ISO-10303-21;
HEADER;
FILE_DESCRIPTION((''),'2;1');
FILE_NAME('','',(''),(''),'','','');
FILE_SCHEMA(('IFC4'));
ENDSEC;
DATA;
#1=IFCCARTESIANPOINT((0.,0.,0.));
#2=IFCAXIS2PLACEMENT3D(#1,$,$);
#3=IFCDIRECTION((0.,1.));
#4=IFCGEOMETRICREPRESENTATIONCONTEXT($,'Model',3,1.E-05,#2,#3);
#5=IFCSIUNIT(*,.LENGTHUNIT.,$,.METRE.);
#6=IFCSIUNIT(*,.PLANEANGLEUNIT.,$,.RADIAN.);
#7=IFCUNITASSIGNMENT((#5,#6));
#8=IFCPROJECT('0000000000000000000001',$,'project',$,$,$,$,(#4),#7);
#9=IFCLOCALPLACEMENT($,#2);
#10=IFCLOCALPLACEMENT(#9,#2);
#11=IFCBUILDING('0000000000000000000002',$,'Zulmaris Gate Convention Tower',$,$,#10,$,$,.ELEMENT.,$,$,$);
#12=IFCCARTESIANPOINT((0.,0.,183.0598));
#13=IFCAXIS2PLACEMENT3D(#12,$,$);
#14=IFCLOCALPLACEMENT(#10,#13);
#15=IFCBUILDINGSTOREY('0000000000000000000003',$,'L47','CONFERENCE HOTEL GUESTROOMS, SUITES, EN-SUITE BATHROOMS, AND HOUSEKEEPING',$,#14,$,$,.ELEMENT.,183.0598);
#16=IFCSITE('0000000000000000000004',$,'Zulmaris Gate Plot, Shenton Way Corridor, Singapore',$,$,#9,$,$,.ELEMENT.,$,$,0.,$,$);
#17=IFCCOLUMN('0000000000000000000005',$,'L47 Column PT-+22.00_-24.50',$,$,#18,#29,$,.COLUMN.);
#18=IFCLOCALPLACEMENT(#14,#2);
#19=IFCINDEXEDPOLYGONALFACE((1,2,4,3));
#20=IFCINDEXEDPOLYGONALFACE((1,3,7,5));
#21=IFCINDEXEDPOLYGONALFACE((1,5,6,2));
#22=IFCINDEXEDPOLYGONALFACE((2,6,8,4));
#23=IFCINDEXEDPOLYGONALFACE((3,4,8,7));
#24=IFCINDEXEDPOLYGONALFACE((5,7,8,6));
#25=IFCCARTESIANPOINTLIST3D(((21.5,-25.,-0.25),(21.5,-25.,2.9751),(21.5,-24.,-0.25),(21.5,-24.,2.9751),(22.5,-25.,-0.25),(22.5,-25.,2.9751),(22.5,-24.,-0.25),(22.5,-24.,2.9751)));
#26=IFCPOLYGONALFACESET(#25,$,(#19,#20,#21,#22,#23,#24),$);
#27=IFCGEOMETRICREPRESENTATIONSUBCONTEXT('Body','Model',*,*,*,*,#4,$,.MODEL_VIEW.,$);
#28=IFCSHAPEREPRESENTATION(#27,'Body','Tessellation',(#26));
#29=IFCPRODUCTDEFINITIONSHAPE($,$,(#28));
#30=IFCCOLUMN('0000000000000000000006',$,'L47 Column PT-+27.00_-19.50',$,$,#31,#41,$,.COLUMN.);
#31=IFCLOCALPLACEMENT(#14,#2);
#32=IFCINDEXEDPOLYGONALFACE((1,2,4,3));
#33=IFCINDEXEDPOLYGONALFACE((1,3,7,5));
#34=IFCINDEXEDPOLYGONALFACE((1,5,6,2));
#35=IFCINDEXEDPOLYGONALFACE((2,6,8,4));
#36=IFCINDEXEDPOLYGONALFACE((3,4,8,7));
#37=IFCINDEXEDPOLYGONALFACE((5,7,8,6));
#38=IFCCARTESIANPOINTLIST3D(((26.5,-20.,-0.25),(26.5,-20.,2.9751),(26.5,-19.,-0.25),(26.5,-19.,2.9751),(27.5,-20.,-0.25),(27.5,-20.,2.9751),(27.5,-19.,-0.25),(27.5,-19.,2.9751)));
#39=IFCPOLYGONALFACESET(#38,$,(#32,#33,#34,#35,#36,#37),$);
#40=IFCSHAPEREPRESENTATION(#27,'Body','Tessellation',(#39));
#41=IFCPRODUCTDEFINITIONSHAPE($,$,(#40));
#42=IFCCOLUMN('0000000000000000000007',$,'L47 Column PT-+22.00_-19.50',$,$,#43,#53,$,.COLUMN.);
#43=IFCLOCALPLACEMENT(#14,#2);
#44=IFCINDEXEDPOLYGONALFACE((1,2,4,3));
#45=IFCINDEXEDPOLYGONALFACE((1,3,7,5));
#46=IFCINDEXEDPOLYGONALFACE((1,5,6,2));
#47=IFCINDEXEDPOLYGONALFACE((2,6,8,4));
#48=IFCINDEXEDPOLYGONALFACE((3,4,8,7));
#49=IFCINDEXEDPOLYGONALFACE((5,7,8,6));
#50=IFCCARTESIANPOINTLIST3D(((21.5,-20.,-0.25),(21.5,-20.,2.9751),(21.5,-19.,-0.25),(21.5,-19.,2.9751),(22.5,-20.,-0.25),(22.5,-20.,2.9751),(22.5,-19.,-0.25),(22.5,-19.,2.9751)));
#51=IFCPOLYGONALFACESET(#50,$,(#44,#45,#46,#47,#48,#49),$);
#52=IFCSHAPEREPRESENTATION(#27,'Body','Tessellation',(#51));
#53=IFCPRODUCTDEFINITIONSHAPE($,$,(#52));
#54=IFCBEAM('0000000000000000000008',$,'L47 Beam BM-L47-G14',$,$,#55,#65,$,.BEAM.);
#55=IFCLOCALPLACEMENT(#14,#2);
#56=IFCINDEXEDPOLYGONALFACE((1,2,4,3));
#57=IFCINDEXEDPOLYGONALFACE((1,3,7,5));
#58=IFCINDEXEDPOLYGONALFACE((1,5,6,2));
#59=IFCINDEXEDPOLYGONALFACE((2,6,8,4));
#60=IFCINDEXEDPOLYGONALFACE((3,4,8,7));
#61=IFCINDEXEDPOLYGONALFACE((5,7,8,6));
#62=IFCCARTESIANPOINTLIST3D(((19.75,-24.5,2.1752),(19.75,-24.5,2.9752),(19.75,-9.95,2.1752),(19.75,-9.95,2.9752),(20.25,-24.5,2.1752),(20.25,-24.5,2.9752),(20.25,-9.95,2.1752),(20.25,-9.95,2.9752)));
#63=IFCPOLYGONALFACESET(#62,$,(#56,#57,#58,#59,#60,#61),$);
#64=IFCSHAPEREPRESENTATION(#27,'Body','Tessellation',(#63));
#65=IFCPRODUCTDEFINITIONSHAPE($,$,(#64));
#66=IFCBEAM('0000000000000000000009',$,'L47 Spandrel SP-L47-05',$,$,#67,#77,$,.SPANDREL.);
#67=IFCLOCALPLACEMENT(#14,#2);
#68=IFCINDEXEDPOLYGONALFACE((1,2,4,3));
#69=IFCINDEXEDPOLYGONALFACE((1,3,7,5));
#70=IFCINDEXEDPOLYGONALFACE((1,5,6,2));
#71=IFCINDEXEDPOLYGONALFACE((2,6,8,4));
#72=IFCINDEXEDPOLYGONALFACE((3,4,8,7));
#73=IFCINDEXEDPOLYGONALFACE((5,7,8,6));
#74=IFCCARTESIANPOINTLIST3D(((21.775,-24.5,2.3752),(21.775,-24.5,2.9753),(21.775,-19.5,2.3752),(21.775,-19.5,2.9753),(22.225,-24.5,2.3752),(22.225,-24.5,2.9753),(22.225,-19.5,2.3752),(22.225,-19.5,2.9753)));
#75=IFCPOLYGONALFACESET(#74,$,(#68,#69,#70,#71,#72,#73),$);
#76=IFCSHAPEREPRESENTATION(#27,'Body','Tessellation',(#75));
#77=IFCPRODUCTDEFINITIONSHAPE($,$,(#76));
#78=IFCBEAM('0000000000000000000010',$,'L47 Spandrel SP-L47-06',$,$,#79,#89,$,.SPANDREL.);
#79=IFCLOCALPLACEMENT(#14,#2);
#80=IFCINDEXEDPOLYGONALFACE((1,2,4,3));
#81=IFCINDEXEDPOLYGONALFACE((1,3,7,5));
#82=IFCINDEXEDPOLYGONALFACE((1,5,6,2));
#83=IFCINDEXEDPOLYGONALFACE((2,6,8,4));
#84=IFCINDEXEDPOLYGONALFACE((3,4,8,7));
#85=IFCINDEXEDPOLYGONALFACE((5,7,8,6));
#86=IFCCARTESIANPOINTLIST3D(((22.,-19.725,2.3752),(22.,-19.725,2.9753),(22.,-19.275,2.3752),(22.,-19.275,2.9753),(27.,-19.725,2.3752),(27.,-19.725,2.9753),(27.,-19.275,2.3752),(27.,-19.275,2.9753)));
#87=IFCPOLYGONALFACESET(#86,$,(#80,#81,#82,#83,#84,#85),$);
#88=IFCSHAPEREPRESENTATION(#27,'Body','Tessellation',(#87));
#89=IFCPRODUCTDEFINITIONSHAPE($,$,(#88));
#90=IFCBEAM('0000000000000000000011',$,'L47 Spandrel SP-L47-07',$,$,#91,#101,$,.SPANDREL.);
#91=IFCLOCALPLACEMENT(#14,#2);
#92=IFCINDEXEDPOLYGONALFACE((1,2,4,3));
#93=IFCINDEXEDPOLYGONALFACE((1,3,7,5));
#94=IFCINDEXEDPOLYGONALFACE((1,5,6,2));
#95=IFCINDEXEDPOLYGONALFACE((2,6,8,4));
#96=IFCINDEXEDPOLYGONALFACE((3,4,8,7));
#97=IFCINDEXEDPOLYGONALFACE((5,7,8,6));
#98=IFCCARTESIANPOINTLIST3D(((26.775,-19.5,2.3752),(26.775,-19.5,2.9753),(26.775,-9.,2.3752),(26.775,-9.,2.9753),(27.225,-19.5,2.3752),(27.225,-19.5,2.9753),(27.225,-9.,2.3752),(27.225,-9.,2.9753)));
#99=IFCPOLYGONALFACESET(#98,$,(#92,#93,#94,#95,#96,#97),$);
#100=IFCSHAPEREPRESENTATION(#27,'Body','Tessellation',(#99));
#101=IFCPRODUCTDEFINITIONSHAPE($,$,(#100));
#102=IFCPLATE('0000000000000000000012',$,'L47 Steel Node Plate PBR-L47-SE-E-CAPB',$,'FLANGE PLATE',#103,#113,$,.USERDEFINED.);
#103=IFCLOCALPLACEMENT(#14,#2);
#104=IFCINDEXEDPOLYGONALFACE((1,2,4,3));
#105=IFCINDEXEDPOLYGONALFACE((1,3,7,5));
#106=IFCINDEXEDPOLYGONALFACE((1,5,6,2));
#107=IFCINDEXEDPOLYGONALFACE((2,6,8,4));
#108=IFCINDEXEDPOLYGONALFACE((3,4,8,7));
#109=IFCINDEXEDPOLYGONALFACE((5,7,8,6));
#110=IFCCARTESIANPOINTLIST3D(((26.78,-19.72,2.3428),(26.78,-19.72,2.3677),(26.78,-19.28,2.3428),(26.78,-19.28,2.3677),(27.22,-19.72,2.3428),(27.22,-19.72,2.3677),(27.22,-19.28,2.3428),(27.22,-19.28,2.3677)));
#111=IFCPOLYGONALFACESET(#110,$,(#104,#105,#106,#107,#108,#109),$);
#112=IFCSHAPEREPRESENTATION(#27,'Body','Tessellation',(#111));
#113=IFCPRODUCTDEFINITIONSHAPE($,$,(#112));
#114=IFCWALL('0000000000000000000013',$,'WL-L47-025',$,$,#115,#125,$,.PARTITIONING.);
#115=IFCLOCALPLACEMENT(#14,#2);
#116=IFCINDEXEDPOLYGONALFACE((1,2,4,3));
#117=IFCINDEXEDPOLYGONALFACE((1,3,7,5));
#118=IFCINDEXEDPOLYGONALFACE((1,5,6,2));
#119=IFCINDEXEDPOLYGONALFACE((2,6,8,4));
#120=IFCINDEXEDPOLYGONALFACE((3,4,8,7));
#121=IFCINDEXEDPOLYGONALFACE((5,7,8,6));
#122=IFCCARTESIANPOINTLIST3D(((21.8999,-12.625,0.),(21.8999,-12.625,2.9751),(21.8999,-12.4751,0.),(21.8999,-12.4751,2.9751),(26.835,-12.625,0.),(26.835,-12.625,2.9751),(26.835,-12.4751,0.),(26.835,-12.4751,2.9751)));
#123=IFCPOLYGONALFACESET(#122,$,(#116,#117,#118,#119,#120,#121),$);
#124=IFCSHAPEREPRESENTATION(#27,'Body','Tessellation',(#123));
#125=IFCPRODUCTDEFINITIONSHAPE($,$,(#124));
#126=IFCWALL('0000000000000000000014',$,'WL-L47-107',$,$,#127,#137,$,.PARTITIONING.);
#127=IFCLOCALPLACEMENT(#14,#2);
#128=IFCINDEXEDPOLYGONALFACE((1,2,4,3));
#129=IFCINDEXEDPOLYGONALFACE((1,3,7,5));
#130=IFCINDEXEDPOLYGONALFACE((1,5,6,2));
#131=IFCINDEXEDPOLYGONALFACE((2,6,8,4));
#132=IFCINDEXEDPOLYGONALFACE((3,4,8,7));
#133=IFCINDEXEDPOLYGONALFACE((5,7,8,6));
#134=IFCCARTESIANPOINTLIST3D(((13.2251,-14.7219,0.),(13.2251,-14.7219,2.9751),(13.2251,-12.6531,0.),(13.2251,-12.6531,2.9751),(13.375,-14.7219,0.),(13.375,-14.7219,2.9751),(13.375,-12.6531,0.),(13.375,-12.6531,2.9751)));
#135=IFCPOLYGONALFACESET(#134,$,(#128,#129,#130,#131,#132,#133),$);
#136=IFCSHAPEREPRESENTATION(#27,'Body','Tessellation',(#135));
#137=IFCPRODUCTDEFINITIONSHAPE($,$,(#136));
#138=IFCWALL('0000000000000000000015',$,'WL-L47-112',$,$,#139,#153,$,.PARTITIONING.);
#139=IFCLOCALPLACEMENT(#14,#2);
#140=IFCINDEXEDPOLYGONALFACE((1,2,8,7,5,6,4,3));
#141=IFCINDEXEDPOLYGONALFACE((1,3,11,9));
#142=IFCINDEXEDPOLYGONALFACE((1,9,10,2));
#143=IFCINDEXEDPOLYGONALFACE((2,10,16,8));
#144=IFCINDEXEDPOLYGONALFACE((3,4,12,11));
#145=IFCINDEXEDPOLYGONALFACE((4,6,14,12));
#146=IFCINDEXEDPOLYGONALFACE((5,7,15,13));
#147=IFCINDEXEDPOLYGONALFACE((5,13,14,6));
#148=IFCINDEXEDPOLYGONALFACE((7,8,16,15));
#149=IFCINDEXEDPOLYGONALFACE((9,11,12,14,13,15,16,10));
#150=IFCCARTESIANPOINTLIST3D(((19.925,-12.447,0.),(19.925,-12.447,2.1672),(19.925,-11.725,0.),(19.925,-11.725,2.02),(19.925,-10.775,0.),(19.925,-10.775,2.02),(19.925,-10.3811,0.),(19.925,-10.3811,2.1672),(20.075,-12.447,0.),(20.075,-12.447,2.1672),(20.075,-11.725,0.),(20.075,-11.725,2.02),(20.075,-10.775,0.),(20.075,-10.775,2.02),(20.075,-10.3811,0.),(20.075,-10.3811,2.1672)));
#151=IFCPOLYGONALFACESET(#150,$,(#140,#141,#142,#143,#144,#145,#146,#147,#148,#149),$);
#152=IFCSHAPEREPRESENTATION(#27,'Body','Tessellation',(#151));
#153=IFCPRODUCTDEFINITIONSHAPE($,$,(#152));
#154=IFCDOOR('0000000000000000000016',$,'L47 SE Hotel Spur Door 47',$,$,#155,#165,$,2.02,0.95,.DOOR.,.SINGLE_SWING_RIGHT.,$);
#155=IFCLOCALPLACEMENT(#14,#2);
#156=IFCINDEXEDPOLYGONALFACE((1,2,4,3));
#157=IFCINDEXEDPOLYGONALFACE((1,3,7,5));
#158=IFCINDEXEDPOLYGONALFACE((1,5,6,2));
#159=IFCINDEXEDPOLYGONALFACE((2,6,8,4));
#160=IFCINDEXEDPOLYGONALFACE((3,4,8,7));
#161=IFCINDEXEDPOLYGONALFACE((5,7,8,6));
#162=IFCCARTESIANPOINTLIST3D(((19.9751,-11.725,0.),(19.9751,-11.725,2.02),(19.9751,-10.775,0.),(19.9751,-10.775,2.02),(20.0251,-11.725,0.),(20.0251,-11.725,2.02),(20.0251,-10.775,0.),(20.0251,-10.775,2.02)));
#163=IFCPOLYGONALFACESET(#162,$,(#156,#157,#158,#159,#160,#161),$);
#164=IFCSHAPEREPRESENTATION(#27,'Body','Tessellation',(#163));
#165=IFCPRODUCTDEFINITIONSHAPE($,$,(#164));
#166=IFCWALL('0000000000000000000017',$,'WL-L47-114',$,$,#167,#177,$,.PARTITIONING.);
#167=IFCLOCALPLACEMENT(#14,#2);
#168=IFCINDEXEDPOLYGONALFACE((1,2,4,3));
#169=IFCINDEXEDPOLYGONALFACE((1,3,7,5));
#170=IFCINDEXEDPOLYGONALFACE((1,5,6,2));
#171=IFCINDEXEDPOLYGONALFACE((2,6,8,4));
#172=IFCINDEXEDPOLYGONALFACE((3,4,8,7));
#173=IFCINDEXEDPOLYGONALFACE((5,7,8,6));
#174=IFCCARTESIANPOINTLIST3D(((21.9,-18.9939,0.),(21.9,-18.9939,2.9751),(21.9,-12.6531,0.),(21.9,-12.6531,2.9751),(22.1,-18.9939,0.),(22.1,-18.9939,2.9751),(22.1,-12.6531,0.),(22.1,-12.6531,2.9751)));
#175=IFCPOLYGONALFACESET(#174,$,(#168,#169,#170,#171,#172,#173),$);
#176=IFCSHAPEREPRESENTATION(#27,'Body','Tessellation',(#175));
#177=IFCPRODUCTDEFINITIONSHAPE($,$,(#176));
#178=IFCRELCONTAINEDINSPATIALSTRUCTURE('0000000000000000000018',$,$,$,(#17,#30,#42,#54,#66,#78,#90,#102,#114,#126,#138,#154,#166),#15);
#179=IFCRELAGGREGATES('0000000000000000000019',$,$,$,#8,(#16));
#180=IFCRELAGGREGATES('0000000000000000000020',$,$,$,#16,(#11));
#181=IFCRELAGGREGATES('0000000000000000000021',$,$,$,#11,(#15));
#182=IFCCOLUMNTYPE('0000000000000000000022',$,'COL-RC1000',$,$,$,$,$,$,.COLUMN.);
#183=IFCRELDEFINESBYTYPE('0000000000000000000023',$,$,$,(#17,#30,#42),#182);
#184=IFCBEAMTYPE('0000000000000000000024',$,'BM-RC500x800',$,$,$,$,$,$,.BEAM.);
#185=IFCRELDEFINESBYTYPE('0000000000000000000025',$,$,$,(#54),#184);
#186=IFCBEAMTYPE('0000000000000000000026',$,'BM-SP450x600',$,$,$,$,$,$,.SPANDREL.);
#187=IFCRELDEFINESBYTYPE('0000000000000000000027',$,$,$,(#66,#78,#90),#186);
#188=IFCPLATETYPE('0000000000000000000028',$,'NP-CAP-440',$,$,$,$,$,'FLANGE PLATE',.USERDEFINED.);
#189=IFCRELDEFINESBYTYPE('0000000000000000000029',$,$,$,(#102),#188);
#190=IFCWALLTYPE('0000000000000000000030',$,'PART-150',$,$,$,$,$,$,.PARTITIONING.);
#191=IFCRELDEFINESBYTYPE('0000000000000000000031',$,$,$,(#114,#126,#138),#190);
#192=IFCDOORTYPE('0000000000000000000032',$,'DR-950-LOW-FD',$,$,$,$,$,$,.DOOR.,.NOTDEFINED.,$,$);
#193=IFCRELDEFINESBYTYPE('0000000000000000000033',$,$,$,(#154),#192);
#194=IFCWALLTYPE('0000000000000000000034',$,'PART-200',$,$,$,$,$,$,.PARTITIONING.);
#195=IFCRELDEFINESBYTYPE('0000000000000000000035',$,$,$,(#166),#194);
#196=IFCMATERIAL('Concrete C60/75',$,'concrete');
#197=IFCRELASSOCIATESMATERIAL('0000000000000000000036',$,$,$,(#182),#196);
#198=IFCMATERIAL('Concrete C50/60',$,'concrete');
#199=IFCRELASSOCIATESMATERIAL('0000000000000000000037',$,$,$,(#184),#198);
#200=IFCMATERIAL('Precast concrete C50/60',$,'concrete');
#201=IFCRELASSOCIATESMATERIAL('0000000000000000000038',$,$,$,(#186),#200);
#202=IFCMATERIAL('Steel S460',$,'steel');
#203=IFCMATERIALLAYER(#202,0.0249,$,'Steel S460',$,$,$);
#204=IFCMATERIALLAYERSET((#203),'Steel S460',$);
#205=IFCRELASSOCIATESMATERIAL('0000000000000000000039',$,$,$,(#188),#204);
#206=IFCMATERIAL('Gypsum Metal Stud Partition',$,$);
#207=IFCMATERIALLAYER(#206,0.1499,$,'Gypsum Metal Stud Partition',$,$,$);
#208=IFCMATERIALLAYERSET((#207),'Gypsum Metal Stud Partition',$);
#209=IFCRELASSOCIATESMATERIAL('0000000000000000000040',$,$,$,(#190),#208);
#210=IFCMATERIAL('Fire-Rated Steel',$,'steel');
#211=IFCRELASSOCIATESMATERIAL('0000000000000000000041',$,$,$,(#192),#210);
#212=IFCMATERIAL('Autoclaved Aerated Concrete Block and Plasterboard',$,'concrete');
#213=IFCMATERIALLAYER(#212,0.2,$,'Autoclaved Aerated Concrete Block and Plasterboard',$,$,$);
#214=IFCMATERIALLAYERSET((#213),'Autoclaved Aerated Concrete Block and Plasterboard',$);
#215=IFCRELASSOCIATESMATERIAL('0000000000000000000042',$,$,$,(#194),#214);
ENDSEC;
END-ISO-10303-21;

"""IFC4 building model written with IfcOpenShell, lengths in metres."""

from ifc_helpers import new_model, si_unit, direction, frame, frame_2d, origin, origin_2d, place, context, subcontext, project, spatial, rectangle, extrude, material, layer, layer_set, material_profile, profile_set, type_object, element, fill, save


model = new_model("IFC4")

# Units and contexts
model_context = context("Model", 3, precision=1e-05, world=origin(), true_north=direction((0.0, 1.0)))
body_context = subcontext(model_context, "Body", "Model", "MODEL_VIEW")
ifc_project = project(units=[si_unit("LENGTHUNIT", "METRE"), si_unit("PLANEANGLEUNIT", "RADIAN")], contexts=[model_context])

# Site, building, storey
site_placement = place(None, origin())
site = spatial("IfcSite", under=ifc_project, at=site_placement, Name="Zulmaris Gate Plot, Shenton Way Corridor, Singapore", CompositionType="ELEMENT", RefElevation=0.0)
building_placement = place(site_placement, origin())
building = spatial("IfcBuilding", under=site, at=building_placement, Name="Zulmaris Gate Convention Tower", CompositionType="ELEMENT")
storey_placement = place(building_placement, frame((0.0, 0.0, 183.0598)))
storey = spatial("IfcBuildingStorey", under=building, at=storey_placement, Name="L47", Description="CONFERENCE HOTEL GUESTROOMS, SUITES, EN-SUITE BATHROOMS, AND HOUSEKEEPING", CompositionType="ELEMENT", Elevation=183.0598)

# Columns
ifc_material_1 = material(Name="Concrete C60/75", Category="concrete")
ifc_material_profile_1 = material_profile(ifc_material_1, rectangle(XDim=1.0, YDim=1.0, at=origin_2d()), Name="RC COL 1000x1000")
ifc_profile_set_1 = profile_set([ifc_material_profile_1], Name="Concrete C60/75")
column_type = type_object("IfcColumnType", Name="COL-RC1000", PredefinedType="COLUMN", material=ifc_profile_set_1)
for number, where, z_axis, x_axis, name in (
    (1, (22.0, -24.5, -0.25), (0.0, 0.0, 1.0), (1.0, 0.0, 0.0), "L47 Column PT-+22.00_-24.50"),
    (2, (27.0, -19.5, -0.25), (0.0, 0.0, 1.0), (1.0, 0.0, 0.0), "L47 Column PT-+27.00_-19.50"),
    (3, (22.0, -19.5, -0.25), (0.0, 0.0, 1.0), (1.0, 0.0, 0.0), "L47 Column PT-+22.00_-19.50"),
):
    element("IfcColumn", number, at=place(storey_placement, frame(where, z_axis=z_axis, x_axis=x_axis)), inside=storey, type_object=column_type, Name=name, PredefinedType="COLUMN", context=body_context, shape_type="SweptSolid", body=[
        extrude(rectangle(XDim=1.0, YDim=1.0, at=origin_2d()), origin(), (0.0, 0.0, 1.0), 3.2251),
    ])

# Beams
ifc_material_2 = material(Name="Concrete C50/60", Category="concrete")
ifc_material_profile_2 = material_profile(ifc_material_2, rectangle(XDim=0.5, YDim=0.8, at=origin_2d()), Name="RC BEAM 500x800")
ifc_profile_set_2 = profile_set([ifc_material_profile_2], Name="Concrete C50/60")
beam_type_1 = type_object("IfcBeamType", Name="BM-RC500x800", PredefinedType="BEAM", material=ifc_profile_set_2)
beam_1_placement = place(storey_placement, frame((20.0, -24.5, 2.5752), z_axis=(0.0, 1.0, 0.0), x_axis=(-1.0, 0.0, 0.0)))
element("IfcBeam", 4, at=beam_1_placement, inside=storey, type_object=beam_type_1, Name="L47 Beam BM-L47-G14", PredefinedType="BEAM", context=body_context, shape_type="SweptSolid", body=[
    extrude(rectangle(XDim=0.5, YDim=0.8, at=origin_2d()), origin(), (0.0, 0.0, 1.0), 14.55),
])
ifc_material_3 = material(Name="Precast concrete C50/60", Category="concrete")
ifc_material_profile_3 = material_profile(ifc_material_3, rectangle(XDim=0.45, YDim=0.6001, at=origin_2d()), Name="RC SPANDREL 450x600")
ifc_profile_set_3 = profile_set([ifc_material_profile_3], Name="Precast concrete C50/60")
beam_type_2 = type_object("IfcBeamType", Name="BM-SP450x600", PredefinedType="SPANDREL", material=ifc_profile_set_3)
for number, where, z_axis, x_axis, name in (
    (5, (22.0, -24.5, 2.6753), (0.0, 1.0, 0.0), (-1.0, 0.0, 0.0), "L47 Spandrel SP-L47-05"),
    (6, (22.0, -19.5, 2.6753), (1.0, 0.0, 0.0), (0.0, 1.0, 0.0), "L47 Spandrel SP-L47-06"),
):
    element("IfcBeam", number, at=place(storey_placement, frame(where, z_axis=z_axis, x_axis=x_axis)), inside=storey, type_object=beam_type_2, Name=name, PredefinedType="SPANDREL", context=body_context, shape_type="SweptSolid", body=[
        extrude(rectangle(XDim=0.45, YDim=0.6001, at=origin_2d()), origin(), (0.0, 0.0, 1.0), 5.0),
    ])
beam_2_placement = place(storey_placement, frame((27.0, -19.5, 2.6753), z_axis=(0.0, 1.0, 0.0), x_axis=(-1.0, 0.0, 0.0)))
element("IfcBeam", 7, at=beam_2_placement, inside=storey, type_object=beam_type_2, Name="L47 Spandrel SP-L47-07", PredefinedType="SPANDREL", context=body_context, shape_type="SweptSolid", body=[
    extrude(rectangle(XDim=0.45, YDim=0.6001, at=origin_2d()), origin(), (0.0, 0.0, 1.0), 10.5),
])

# Plate
ifc_material_4 = material(Name="Steel S460", Category="steel")
ifc_layer_1 = layer(ifc_material_4, 0.0249, Name="Steel S460")
ifc_layer_set_1 = layer_set([ifc_layer_1], Name="Steel S460")
plate_type = type_object("IfcPlateType", Name="NP-CAP-440", ElementType="FLANGE PLATE", PredefinedType="USERDEFINED", material=ifc_layer_set_1)
plate_placement = place(storey_placement, frame((27.0, -19.5, 2.3428), z_axis=(0.0, 0.0, 1.0), x_axis=(1.0, 0.0, 0.0)))
element("IfcPlate", 8, at=plate_placement, inside=storey, type_object=plate_type, Name="L47 Steel Node Plate PBR-L47-SE-E-CAPB", ObjectType="FLANGE PLATE", PredefinedType="USERDEFINED", context=body_context, shape_type="SweptSolid", body=[
    extrude(rectangle(XDim=0.4399, YDim=0.4399, at=origin_2d()), origin(), (0.0, 0.0, 1.0), 0.0249),
])

# Walls
ifc_material_5 = material(Name="Gypsum Metal Stud Partition")
ifc_layer_2 = layer(ifc_material_5, 0.1499, Name="Gypsum Metal Stud Partition")
ifc_layer_set_2 = layer_set([ifc_layer_2], Name="Gypsum Metal Stud Partition")
wall_type_1 = type_object("IfcWallType", Name="PART-150", PredefinedType="PARTITIONING", material=ifc_layer_set_2)
wall_1_placement = place(storey_placement, frame((21.8999, -12.55, 0.0), z_axis=(0.0, 0.0, 1.0), x_axis=(1.0, 0.0, 0.0)))
element("IfcWall", 9, at=wall_1_placement, inside=storey, type_object=wall_type_1, Name="WL-L47-025", PredefinedType="PARTITIONING", context=body_context, shape_type="SweptSolid", body=[
    extrude(rectangle(XDim=4.9351, YDim=0.1499, at=frame_2d((2.4675, 0.0))), origin(), (0.0, 0.0, 1.0), 2.9751),
])
wall_2_placement = place(storey_placement, frame((13.3, -14.7219, 0.0), z_axis=(0.0, 0.0, 1.0), x_axis=(0.0, 1.0, 0.0)))
element("IfcWall", 10, at=wall_2_placement, inside=storey, type_object=wall_type_1, Name="WL-L47-107", PredefinedType="PARTITIONING", context=body_context, shape_type="SweptSolid", body=[
    extrude(rectangle(XDim=2.0688, YDim=0.1499, at=frame_2d((1.0344, 0.0))), origin(), (0.0, 0.0, 1.0), 2.9751),
])

# Wall, opening, door
wall_3_placement = place(storey_placement, frame((20.0, -12.447, 0.0), z_axis=(0.0, 0.0, 1.0), x_axis=(0.0, 1.0, 0.0)))
wall_3 = element("IfcWall", 11, at=wall_3_placement, inside=storey, type_object=wall_type_1, Name="WL-L47-112", PredefinedType="PARTITIONING", context=body_context, shape_type="SweptSolid", body=[
    extrude(rectangle(XDim=2.0659, YDim=0.1499, at=frame_2d((1.033, 0.0))), origin(), (0.0, 0.0, 1.0), 2.1672),
])
opening_1_placement = place(wall_3_placement, frame((0.7219, 0.0, 0.0)))
opening_1 = element("IfcOpeningElement", 12, at=opening_1_placement, cuts=wall_3, PredefinedType="OPENING", context=body_context, shape_type="SweptSolid", body=[
    extrude(rectangle(XDim=0.95, YDim=2.02, at=frame_2d((0.4751, 1.01))), frame((0.0, 0.085, 0.0), z_axis=(0.0, -1.0, 0.0), x_axis=(1.0, 0.0, 0.0)), (0.0, 0.0, 1.0), 0.1699),
])
ifc_material_6 = material(Name="Fire-Rated Steel", Category="steel")
door_type_1 = type_object("IfcDoorType", Name="DR-950-LOW-FD", OperationType="NOTDEFINED", PredefinedType="DOOR", material=ifc_material_6)
door_1_placement = place(opening_1_placement, origin())
door_1 = element("IfcDoor", 13, at=door_1_placement, inside=storey, type_object=door_type_1, Name="L47 SE Hotel Spur Door 47", OperationType="SINGLE_SWING_RIGHT", OverallHeight=2.02, OverallWidth=0.95, PredefinedType="DOOR", context=body_context, shape_type="SweptSolid", body=[
    extrude(rectangle(XDim=0.95, YDim=2.02, at=frame_2d((0.4751, 1.01))), frame((0.0, 0.0249, 0.0), z_axis=(0.0, -1.0, 0.0), x_axis=(1.0, 0.0, 0.0)), (0.0, 0.0, 1.0), 0.05),
])
fill(opening_1, door_1)

# Wall
ifc_material_7 = material(Name="Autoclaved Aerated Concrete Block and Plasterboard", Category="concrete")
ifc_layer_3 = layer(ifc_material_7, 0.2, Name="Autoclaved Aerated Concrete Block and Plasterboard")
ifc_layer_set_3 = layer_set([ifc_layer_3], Name="Autoclaved Aerated Concrete Block and Plasterboard")
wall_type_2 = type_object("IfcWallType", Name="PART-200", PredefinedType="PARTITIONING", material=ifc_layer_set_3)
wall_4_placement = place(storey_placement, frame((22.0, -18.9939, 0.0), z_axis=(0.0, 0.0, 1.0), x_axis=(0.0, 1.0, 0.0)))
element("IfcWall", 14, at=wall_4_placement, inside=storey, type_object=wall_type_2, Name="WL-L47-114", PredefinedType="PARTITIONING", context=body_context, shape_type="SweptSolid", body=[
    extrude(rectangle(XDim=6.3408, YDim=0.2, at=frame_2d((3.1704, 0.0))), origin(), (0.0, 0.0, 1.0), 2.9751),
])

save(model, "model.ifc")
